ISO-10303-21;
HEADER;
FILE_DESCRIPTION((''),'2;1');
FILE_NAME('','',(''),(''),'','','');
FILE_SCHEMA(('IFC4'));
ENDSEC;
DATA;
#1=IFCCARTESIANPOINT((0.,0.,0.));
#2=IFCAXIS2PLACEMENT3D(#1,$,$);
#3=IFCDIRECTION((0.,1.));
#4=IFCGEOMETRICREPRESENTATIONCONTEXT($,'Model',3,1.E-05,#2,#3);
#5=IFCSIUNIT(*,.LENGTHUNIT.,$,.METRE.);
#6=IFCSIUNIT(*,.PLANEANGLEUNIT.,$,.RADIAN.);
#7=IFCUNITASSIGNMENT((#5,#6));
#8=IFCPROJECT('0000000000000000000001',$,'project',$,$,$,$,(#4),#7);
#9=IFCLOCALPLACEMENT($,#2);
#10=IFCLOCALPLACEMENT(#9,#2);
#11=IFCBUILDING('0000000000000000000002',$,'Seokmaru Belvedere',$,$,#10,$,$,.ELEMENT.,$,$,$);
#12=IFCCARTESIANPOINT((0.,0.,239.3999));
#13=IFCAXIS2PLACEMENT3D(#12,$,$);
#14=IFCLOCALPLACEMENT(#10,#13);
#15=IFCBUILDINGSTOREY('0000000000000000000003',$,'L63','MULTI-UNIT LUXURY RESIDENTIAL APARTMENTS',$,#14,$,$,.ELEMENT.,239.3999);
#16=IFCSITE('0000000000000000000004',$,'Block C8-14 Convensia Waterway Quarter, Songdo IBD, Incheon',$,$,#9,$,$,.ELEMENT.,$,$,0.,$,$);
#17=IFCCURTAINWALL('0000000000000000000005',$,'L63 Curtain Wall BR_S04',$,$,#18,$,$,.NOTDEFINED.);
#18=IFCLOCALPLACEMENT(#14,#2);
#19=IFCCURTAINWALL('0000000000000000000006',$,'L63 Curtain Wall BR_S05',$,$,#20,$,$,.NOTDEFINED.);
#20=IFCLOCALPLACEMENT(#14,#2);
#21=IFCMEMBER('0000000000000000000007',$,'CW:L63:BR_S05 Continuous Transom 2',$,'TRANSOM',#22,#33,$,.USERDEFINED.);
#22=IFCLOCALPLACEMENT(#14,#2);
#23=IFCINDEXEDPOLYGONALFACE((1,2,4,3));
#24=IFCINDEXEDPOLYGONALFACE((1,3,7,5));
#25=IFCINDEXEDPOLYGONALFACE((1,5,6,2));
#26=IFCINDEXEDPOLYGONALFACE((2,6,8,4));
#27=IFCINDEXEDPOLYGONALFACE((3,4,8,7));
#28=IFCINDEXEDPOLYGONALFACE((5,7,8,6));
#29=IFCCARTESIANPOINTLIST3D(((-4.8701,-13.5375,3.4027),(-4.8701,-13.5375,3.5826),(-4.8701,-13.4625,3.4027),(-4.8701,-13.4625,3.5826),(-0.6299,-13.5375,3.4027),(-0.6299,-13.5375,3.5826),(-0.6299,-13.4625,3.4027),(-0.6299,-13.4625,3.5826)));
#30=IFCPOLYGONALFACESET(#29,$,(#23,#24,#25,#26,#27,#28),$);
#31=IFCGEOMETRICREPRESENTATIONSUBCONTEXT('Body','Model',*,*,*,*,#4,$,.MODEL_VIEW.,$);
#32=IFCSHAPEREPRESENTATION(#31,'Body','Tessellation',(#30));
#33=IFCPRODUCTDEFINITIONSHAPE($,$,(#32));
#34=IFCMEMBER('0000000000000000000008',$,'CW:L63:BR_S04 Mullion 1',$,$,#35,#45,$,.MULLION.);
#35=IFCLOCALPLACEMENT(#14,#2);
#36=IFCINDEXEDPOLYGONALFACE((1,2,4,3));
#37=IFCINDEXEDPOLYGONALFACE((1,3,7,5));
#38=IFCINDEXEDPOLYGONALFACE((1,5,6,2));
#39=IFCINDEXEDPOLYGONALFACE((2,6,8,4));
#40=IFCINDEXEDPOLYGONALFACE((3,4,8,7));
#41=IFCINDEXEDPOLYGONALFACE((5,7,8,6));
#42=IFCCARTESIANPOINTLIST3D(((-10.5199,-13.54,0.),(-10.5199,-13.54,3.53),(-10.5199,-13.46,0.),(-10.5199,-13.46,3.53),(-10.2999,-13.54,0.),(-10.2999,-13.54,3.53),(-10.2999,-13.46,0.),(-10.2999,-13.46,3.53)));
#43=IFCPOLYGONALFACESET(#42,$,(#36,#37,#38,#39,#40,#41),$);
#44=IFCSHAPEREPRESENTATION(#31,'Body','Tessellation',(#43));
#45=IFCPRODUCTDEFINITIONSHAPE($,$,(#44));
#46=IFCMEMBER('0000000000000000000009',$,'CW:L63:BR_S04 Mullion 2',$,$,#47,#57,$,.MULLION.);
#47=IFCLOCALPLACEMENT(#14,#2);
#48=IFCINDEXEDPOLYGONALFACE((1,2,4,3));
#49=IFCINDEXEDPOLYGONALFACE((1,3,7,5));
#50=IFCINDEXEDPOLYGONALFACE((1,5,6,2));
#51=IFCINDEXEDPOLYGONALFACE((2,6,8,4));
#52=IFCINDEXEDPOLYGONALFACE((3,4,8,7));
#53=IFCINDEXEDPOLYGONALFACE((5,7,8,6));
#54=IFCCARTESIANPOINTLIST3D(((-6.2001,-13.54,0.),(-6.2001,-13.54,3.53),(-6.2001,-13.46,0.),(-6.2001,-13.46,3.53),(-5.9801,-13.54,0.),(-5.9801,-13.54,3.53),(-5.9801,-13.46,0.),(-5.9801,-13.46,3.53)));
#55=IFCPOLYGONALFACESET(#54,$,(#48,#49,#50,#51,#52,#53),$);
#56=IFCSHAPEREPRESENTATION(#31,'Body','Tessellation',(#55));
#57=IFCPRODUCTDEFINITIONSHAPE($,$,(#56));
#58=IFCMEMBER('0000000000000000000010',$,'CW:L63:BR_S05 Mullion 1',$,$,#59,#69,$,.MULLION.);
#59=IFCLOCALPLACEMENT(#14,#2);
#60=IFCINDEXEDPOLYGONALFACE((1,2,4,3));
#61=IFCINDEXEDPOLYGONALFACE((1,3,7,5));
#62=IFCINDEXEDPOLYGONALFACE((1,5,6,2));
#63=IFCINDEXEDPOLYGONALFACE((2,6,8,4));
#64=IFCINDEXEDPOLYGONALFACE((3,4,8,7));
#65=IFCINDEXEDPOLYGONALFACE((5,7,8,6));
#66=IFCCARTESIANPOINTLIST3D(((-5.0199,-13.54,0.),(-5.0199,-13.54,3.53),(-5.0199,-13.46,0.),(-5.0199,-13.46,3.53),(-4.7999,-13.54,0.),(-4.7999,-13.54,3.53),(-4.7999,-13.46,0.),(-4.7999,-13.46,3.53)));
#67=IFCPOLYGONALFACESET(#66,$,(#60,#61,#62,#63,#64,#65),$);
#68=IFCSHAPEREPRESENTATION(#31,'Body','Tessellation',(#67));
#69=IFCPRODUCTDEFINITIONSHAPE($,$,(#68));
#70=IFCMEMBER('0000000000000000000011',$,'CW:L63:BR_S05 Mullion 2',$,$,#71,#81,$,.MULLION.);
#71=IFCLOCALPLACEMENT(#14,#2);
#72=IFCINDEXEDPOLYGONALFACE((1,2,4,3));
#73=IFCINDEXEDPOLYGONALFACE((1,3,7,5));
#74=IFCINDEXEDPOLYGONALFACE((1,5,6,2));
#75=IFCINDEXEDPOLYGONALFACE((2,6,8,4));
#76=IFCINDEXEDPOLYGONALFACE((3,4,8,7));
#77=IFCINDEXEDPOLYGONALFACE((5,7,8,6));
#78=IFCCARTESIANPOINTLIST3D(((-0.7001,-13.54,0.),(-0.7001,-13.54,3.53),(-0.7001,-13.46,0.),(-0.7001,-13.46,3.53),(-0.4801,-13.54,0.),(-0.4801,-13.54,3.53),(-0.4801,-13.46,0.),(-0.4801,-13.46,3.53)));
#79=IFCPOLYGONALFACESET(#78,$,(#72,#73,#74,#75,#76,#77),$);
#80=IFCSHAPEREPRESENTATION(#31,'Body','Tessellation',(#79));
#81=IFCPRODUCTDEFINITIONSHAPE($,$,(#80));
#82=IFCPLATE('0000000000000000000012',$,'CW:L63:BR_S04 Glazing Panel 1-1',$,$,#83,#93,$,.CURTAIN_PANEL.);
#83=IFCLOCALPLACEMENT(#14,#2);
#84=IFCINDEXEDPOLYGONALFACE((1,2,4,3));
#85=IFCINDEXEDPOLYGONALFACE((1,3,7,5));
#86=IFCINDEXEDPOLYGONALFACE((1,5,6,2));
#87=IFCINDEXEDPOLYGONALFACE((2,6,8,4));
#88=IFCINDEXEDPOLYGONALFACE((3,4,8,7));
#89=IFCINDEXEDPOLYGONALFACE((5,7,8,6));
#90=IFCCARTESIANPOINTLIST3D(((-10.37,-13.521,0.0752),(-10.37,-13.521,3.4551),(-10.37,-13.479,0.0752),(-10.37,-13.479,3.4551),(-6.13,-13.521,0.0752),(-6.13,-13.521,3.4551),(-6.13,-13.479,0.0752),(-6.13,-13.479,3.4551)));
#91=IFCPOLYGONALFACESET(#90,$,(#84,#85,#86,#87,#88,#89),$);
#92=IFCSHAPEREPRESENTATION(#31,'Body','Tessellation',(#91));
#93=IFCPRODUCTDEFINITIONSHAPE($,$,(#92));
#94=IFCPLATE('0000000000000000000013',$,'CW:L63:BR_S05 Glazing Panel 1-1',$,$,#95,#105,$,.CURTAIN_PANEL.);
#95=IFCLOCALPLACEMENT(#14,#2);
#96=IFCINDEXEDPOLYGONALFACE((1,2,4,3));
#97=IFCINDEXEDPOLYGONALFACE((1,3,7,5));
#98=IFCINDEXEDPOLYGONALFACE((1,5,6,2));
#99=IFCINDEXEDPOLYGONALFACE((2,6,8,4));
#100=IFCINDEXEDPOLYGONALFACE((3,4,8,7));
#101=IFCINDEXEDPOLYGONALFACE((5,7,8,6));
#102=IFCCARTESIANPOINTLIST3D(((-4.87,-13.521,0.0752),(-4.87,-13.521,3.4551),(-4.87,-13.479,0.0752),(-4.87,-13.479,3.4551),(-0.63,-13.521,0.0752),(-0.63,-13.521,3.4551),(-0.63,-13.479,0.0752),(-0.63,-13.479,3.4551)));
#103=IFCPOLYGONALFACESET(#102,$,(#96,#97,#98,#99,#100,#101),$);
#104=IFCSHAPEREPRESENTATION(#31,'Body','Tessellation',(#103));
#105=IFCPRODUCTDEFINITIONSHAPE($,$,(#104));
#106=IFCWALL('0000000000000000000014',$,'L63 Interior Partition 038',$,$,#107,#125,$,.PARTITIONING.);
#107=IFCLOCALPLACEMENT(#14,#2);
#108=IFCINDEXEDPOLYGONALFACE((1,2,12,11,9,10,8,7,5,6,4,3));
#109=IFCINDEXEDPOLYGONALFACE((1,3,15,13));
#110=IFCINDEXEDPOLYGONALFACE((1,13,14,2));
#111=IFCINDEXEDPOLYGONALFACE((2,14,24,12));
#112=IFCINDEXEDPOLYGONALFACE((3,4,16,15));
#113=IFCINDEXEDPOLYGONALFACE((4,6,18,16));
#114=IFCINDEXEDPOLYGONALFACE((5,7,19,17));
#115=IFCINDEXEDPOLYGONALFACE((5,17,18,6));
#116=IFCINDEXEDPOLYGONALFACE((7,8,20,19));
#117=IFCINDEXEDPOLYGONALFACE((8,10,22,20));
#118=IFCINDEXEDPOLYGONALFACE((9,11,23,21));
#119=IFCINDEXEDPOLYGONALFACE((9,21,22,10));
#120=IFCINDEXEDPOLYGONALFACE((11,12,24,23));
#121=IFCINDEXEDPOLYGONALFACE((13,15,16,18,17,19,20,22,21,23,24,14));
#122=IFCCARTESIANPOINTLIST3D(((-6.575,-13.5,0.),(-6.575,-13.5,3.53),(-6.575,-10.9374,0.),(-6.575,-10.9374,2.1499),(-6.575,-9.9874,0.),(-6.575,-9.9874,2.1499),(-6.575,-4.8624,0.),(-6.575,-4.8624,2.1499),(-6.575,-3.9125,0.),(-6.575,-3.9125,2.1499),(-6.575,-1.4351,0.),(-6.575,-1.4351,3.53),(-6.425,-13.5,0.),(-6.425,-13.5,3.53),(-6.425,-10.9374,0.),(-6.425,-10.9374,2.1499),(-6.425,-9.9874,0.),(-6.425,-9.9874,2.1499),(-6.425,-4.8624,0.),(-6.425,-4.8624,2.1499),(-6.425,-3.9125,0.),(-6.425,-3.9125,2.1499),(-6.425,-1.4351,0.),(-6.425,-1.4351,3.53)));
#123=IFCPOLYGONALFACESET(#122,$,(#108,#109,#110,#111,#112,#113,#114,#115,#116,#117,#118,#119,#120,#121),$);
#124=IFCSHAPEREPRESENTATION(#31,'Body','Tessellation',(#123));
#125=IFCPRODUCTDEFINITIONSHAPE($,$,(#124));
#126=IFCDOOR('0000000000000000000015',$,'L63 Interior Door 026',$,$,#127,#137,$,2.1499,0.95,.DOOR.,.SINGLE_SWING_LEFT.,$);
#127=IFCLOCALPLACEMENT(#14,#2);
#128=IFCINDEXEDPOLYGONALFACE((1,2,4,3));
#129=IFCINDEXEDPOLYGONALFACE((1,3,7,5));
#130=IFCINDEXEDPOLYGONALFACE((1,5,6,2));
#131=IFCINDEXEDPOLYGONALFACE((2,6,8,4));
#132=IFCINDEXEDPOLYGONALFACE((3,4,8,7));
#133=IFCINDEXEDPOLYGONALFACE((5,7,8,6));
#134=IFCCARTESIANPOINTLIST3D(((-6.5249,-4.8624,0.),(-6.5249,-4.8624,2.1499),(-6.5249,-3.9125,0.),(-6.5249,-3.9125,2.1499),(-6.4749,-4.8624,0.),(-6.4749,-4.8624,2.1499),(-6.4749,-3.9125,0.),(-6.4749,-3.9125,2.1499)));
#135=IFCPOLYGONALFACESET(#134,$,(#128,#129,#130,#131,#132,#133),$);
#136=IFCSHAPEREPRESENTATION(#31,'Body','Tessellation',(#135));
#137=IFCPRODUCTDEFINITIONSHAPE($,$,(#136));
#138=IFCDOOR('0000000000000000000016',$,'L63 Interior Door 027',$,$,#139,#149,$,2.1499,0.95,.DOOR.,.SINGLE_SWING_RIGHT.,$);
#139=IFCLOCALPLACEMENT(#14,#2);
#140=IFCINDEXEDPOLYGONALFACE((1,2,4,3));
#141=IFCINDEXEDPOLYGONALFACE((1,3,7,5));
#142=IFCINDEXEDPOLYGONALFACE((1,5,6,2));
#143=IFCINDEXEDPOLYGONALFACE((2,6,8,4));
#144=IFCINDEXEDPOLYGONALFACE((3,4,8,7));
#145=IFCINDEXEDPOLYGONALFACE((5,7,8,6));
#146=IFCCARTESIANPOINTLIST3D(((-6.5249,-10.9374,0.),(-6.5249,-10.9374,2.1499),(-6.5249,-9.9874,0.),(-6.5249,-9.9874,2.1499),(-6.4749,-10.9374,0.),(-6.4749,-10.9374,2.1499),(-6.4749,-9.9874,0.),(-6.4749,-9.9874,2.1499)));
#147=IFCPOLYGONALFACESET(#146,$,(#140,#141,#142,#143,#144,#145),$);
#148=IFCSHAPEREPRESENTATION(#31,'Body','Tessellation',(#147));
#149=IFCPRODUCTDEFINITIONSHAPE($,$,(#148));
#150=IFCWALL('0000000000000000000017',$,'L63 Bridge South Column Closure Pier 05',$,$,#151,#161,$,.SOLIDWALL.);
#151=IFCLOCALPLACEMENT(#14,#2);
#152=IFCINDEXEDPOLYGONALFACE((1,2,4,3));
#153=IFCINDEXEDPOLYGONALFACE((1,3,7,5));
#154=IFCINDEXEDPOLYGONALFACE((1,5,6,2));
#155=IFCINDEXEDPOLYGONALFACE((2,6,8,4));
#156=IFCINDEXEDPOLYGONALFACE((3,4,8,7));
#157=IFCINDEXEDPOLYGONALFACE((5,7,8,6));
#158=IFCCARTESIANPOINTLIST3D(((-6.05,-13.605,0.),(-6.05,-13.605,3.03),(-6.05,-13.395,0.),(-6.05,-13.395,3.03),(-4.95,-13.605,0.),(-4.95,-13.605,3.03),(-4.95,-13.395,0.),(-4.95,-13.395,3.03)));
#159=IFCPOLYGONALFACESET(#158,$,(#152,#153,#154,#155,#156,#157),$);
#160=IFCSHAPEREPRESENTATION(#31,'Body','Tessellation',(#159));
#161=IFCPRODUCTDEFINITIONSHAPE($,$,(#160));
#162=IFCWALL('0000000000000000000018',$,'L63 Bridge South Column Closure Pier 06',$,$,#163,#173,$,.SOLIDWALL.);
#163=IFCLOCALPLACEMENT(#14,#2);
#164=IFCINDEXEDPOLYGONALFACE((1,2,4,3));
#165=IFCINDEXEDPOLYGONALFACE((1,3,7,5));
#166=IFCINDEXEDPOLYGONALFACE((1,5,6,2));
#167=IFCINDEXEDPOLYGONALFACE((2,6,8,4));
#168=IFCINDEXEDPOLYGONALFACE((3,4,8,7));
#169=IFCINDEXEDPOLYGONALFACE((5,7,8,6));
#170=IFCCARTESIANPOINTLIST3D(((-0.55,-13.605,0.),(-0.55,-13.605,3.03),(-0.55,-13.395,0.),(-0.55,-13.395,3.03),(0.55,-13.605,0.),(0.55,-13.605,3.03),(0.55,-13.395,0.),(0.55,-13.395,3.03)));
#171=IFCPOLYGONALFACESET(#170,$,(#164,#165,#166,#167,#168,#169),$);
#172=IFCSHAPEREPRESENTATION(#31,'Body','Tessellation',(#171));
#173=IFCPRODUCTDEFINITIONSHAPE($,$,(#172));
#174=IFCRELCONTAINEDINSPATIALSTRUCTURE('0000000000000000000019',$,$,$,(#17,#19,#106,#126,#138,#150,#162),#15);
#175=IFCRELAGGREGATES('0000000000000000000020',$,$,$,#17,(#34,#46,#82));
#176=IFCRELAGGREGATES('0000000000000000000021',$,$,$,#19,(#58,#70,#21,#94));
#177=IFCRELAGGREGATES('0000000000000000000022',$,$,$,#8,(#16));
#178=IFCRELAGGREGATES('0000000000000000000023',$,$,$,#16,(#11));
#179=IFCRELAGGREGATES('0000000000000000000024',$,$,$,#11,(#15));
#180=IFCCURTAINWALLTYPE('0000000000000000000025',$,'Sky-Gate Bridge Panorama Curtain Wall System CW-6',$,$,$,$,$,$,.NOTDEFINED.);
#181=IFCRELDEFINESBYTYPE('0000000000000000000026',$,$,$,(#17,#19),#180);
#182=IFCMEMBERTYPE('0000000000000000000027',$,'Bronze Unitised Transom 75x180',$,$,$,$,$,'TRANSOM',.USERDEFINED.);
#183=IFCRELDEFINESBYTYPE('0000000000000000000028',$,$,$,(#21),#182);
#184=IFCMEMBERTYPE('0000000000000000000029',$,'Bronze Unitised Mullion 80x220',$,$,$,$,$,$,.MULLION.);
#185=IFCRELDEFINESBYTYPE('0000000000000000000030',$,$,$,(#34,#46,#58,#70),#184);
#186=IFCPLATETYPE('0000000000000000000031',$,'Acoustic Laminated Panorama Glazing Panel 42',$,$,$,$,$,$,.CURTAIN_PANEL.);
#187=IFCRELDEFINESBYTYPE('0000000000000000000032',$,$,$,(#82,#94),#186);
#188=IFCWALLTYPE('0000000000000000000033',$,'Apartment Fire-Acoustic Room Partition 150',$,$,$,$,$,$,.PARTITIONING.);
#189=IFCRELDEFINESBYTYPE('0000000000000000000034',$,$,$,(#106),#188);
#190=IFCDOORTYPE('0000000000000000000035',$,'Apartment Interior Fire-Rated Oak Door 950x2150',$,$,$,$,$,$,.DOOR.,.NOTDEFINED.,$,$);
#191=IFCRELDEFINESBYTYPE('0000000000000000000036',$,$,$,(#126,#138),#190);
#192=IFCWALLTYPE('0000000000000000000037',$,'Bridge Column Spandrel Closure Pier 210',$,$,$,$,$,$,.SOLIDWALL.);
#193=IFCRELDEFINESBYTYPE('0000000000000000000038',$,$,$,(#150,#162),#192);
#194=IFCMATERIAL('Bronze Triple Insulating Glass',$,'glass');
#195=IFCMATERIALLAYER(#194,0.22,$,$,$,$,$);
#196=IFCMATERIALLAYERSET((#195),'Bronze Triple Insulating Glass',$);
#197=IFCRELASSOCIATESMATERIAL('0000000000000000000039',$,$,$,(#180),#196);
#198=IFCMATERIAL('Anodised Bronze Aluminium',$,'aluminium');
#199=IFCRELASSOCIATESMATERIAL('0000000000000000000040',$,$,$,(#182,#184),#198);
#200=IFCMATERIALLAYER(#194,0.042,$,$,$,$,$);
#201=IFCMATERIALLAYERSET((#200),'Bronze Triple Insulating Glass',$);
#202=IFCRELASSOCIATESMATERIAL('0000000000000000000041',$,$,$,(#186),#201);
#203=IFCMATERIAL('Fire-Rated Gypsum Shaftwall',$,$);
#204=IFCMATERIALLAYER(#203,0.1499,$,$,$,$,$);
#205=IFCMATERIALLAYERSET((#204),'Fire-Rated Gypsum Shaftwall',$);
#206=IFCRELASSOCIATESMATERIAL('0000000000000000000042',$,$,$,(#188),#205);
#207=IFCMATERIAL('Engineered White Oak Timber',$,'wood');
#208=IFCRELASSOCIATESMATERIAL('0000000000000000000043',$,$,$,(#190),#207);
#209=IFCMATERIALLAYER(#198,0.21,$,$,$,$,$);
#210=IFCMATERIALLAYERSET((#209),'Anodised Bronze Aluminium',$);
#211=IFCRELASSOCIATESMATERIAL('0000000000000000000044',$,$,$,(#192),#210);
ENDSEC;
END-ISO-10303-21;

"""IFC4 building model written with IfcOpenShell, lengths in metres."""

from ifc_helpers import new_model, si_unit, direction, frame, frame_2d, origin, origin_2d, place, context, subcontext, project, spatial, rectangle, extrude, source, transform, mapped, material, layer, layer_set, material_profile, profile_set, type_object, type_shapes, element, fill, aggregate, save


model = new_model("IFC4")

# Units and contexts
model_context = context("Model", 3, precision=1e-05, world=origin(), true_north=direction((0.0, 1.0)))
body_context = subcontext(model_context, "Body", "Model", "MODEL_VIEW")
ifc_project = project(units=[si_unit("LENGTHUNIT", "METRE"), si_unit("PLANEANGLEUNIT", "RADIAN")], contexts=[model_context])

# Site, building, storey
site_placement = place(None, origin())
site = spatial("IfcSite", under=ifc_project, at=site_placement, Name="Block C8-14 Convensia Waterway Quarter, Songdo IBD, Incheon", CompositionType="ELEMENT", RefElevation=0.0)
building_placement = place(site_placement, origin())
building = spatial("IfcBuilding", under=site, at=building_placement, Name="Seokmaru Belvedere", CompositionType="ELEMENT")
storey_placement = place(building_placement, frame((0.0, 0.0, 239.3999)))
storey = spatial("IfcBuildingStorey", under=building, at=storey_placement, Name="L63", Description="MULTI-UNIT LUXURY RESIDENTIAL APARTMENTS", CompositionType="ELEMENT", Elevation=239.3999)

# Curtain walls, member
ifc_material_1 = material(Name="Bronze Triple Insulating Glass", Category="glass")
ifc_layer_1 = layer(ifc_material_1, 0.22)
ifc_layer_set_1 = layer_set([ifc_layer_1], Name="Bronze Triple Insulating Glass")
curtain_wall_type = type_object("IfcCurtainWallType", Name="Sky-Gate Bridge Panorama Curtain Wall System CW-6", PredefinedType="NOTDEFINED", material=ifc_layer_set_1)
curtain_wall_1_placement = place(storey_placement, origin())
curtain_wall_1 = element("IfcCurtainWall", 1, at=curtain_wall_1_placement, inside=storey, type_object=curtain_wall_type, Name="L63 Curtain Wall BR_S04", PredefinedType="NOTDEFINED")
ifc_material_2 = material(Name="Anodised Bronze Aluminium", Category="aluminium")
ifc_material_profile_1 = material_profile(ifc_material_2, rectangle(XDim=0.075, YDim=0.1799, at=origin_2d()), Name="CW-T-75x180")
ifc_profile_set_1 = profile_set([ifc_material_profile_1], Name="Anodised Bronze Aluminium")
member_type_1 = type_object("IfcMemberType", Name="Bronze Unitised Transom 75x180", ElementType="TRANSOM", PredefinedType="USERDEFINED", material=ifc_profile_set_1)
shared_shape_1 = source(origin(), body_context, "Body", "SweptSolid", [
    extrude(rectangle(XDim=0.075, YDim=0.1799, at=origin_2d()), origin(), (0.0, 0.0, 1.0), 4.2402),
])
type_shapes(member_type_1, [shared_shape_1])
curtain_wall_2_placement = place(storey_placement, origin())
curtain_wall_2 = element("IfcCurtainWall", 2, at=curtain_wall_2_placement, inside=storey, type_object=curtain_wall_type, Name="L63 Curtain Wall BR_S05", PredefinedType="NOTDEFINED")
member_1_placement = place(storey_placement, frame((-4.8701, -13.5, 3.4927), z_axis=(1.0, 0.0, 0.0), x_axis=(0.0, 1.0, 0.0)))
member_1 = element("IfcMember", 3, at=member_1_placement, type_object=member_type_1, Name="CW:L63:BR_S05 Continuous Transom 2", ObjectType="TRANSOM", PredefinedType="USERDEFINED", context=body_context, shape_type="MappedRepresentation", body=[
    mapped(shared_shape_1, transform((0.0, 0.0, 0.0), scale=1.0)),
])

# Members
ifc_material_profile_2 = material_profile(ifc_material_2, rectangle(XDim=0.0801, YDim=0.22, at=origin_2d()), Name="CW-M-80x220")
ifc_profile_set_2 = profile_set([ifc_material_profile_2], Name="Anodised Bronze Aluminium")
member_type_2 = type_object("IfcMemberType", Name="Bronze Unitised Mullion 80x220", PredefinedType="MULLION", material=ifc_profile_set_2)
shared_shape_2 = source(origin(), body_context, "Body", "SweptSolid", [
    extrude(rectangle(XDim=0.0801, YDim=0.22, at=origin_2d()), origin(), (0.0, 0.0, 1.0), 3.53),
])
type_shapes(member_type_2, [shared_shape_2])
member_2_placement = place(storey_placement, frame((-10.4099, -13.5, 0.0), z_axis=(0.0, 0.0, 1.0), x_axis=(0.0, 1.0, 0.0)))
member_2 = element("IfcMember", 4, at=member_2_placement, type_object=member_type_2, Name="CW:L63:BR_S04 Mullion 1", PredefinedType="MULLION", context=body_context, shape_type="MappedRepresentation", body=[
    mapped(shared_shape_2, transform((0.0, 0.0, 0.0), scale=1.0)),
])
member_3_placement = place(storey_placement, frame((-6.0901, -13.5, 0.0), z_axis=(0.0, 0.0, 1.0), x_axis=(0.0, 1.0, 0.0)))
member_3 = element("IfcMember", 5, at=member_3_placement, type_object=member_type_2, Name="CW:L63:BR_S04 Mullion 2", PredefinedType="MULLION", context=body_context, shape_type="MappedRepresentation", body=[
    mapped(shared_shape_2, transform((0.0, 0.0, 0.0), scale=1.0)),
])
member_4_placement = place(storey_placement, frame((-4.9099, -13.5, 0.0), z_axis=(0.0, 0.0, 1.0), x_axis=(0.0, 1.0, 0.0)))
member_4 = element("IfcMember", 6, at=member_4_placement, type_object=member_type_2, Name="CW:L63:BR_S05 Mullion 1", PredefinedType="MULLION", context=body_context, shape_type="MappedRepresentation", body=[
    mapped(shared_shape_2, transform((0.0, 0.0, 0.0), scale=1.0)),
])
member_5_placement = place(storey_placement, frame((-0.5901, -13.5, 0.0), z_axis=(0.0, 0.0, 1.0), x_axis=(0.0, 1.0, 0.0)))
member_5 = element("IfcMember", 7, at=member_5_placement, type_object=member_type_2, Name="CW:L63:BR_S05 Mullion 2", PredefinedType="MULLION", context=body_context, shape_type="MappedRepresentation", body=[
    mapped(shared_shape_2, transform((0.0, 0.0, 0.0), scale=1.0)),
])

# Plates
ifc_layer_2 = layer(ifc_material_1, 0.042)
ifc_layer_set_2 = layer_set([ifc_layer_2], Name="Bronze Triple Insulating Glass")
plate_type = type_object("IfcPlateType", Name="Acoustic Laminated Panorama Glazing Panel 42", PredefinedType="CURTAIN_PANEL", material=ifc_layer_set_2)
shared_shape_3 = source(origin(), body_context, "Body", "SweptSolid", [
    extrude(rectangle(XDim=4.24, YDim=0.042, at=origin_2d()), origin(), (0.0, 0.0, 1.0), 3.3799),
])
type_shapes(plate_type, [shared_shape_3])
plate_1_placement = place(storey_placement, frame((-8.25, -13.5, 0.0752), z_axis=(0.0, 0.0, 1.0), x_axis=(1.0, 0.0, 0.0)))
plate_1 = element("IfcPlate", 8, at=plate_1_placement, type_object=plate_type, Name="CW:L63:BR_S04 Glazing Panel 1-1", PredefinedType="CURTAIN_PANEL", context=body_context, shape_type="MappedRepresentation", body=[
    mapped(shared_shape_3, transform((0.0, 0.0, 0.0), scale=1.0)),
])
aggregate(curtain_wall_1, [member_2, member_3, plate_1])
plate_2_placement = place(storey_placement, frame((-2.75, -13.5, 0.0752), z_axis=(0.0, 0.0, 1.0), x_axis=(1.0, 0.0, 0.0)))
plate_2 = element("IfcPlate", 9, at=plate_2_placement, type_object=plate_type, Name="CW:L63:BR_S05 Glazing Panel 1-1", PredefinedType="CURTAIN_PANEL", context=body_context, shape_type="MappedRepresentation", body=[
    mapped(shared_shape_3, transform((0.0, 0.0, 0.0), scale=1.0)),
])
aggregate(curtain_wall_2, [member_4, member_5, member_1, plate_2])

# Wall, openings, doors
ifc_material_3 = material(Name="Fire-Rated Gypsum Shaftwall")
ifc_layer_3 = layer(ifc_material_3, 0.1499)
ifc_layer_set_3 = layer_set([ifc_layer_3], Name="Fire-Rated Gypsum Shaftwall")
wall_type_1 = type_object("IfcWallType", Name="Apartment Fire-Acoustic Room Partition 150", PredefinedType="PARTITIONING", material=ifc_layer_set_3)
wall_1_placement = place(storey_placement, frame((-6.5, -13.5, 0.0), z_axis=(0.0, 0.0, 1.0), x_axis=(0.0, 1.0, 0.0)))
wall_1 = element("IfcWall", 10, at=wall_1_placement, inside=storey, type_object=wall_type_1, Name="L63 Interior Partition 038", PredefinedType="PARTITIONING", context=body_context, shape_type="SweptSolid", body=[
    extrude(rectangle(XDim=12.0649, YDim=0.1499, at=frame_2d((6.0325, 0.0))), origin(), (0.0, 0.0, 1.0), 3.53),
])
opening_1_placement = place(wall_1_placement, frame((8.6375, 0.0, 0.0)))
opening_1 = element("IfcOpeningElement", 11, at=opening_1_placement, cuts=wall_1, PredefinedType="OPENING", context=body_context, shape_type="SweptSolid", body=[
    extrude(rectangle(XDim=0.95, YDim=2.1499, at=frame_2d((0.4751, 1.075))), frame((0.0, 0.085, 0.0), z_axis=(0.0, -1.0, 0.0), x_axis=(1.0, 0.0, 0.0)), (0.0, 0.0, 1.0), 0.1699),
])
opening_2_placement = place(wall_1_placement, frame((2.5625, 0.0, 0.0)))
opening_2 = element("IfcOpeningElement", 12, at=opening_2_placement, cuts=wall_1, PredefinedType="OPENING", context=body_context, shape_type="SweptSolid", body=[
    extrude(rectangle(XDim=0.95, YDim=2.1499, at=frame_2d((0.4751, 1.075))), frame((0.0, 0.085, 0.0), z_axis=(0.0, -1.0, 0.0), x_axis=(1.0, 0.0, 0.0)), (0.0, 0.0, 1.0), 0.1699),
])
ifc_material_4 = material(Name="Engineered White Oak Timber", Category="wood")
door_type_1 = type_object("IfcDoorType", Name="Apartment Interior Fire-Rated Oak Door 950x2150", OperationType="NOTDEFINED", PredefinedType="DOOR", material=ifc_material_4)
shared_shape_4 = source(origin(), body_context, "Body", "SweptSolid", [
    extrude(rectangle(XDim=0.95, YDim=2.1499, at=frame_2d((0.4751, 1.075))), frame((0.0, 0.0249, 0.0), z_axis=(0.0, -1.0, 0.0), x_axis=(1.0, 0.0, 0.0)), (0.0, 0.0, 1.0), 0.05),
])
type_shapes(door_type_1, [shared_shape_4])
door_1_placement = place(opening_1_placement, origin())
door_1 = element("IfcDoor", 13, at=door_1_placement, inside=storey, type_object=door_type_1, Name="L63 Interior Door 026", OperationType="SINGLE_SWING_LEFT", OverallHeight=2.1499, OverallWidth=0.95, PredefinedType="DOOR", context=body_context, shape_type="MappedRepresentation", body=[
    mapped(shared_shape_4, transform((0.0, 0.0, 0.0), scale=1.0)),
])
fill(opening_1, door_1)
door_2_placement = place(opening_2_placement, origin())
door_2 = element("IfcDoor", 14, at=door_2_placement, inside=storey, type_object=door_type_1, Name="L63 Interior Door 027", OperationType="SINGLE_SWING_RIGHT", OverallHeight=2.1499, OverallWidth=0.95, PredefinedType="DOOR", context=body_context, shape_type="MappedRepresentation", body=[
    mapped(shared_shape_4, transform((0.0, 0.0, 0.0), scale=1.0)),
])
fill(opening_2, door_2)

# Walls
ifc_layer_4 = layer(ifc_material_2, 0.21)
ifc_layer_set_4 = layer_set([ifc_layer_4], Name="Anodised Bronze Aluminium")
wall_type_2 = type_object("IfcWallType", Name="Bridge Column Spandrel Closure Pier 210", PredefinedType="SOLIDWALL", material=ifc_layer_set_4)
for number, where, z_axis, x_axis, name in (
    (15, (-6.05, -13.5, 0.0), (0.0, 0.0, 1.0), (1.0, 0.0, 0.0), "L63 Bridge South Column Closure Pier 05"),
    (16, (-0.55, -13.5, 0.0), (0.0, 0.0, 1.0), (1.0, 0.0, 0.0), "L63 Bridge South Column Closure Pier 06"),
):
    element("IfcWall", number, at=place(storey_placement, frame(where, z_axis=z_axis, x_axis=x_axis)), inside=storey, type_object=wall_type_2, Name=name, PredefinedType="SOLIDWALL", context=body_context, shape_type="SweptSolid", body=[
        extrude(rectangle(XDim=1.1001, YDim=0.21, at=frame_2d((0.55, 0.0))), origin(), (0.0, 0.0, 1.0), 3.03),
    ])

save(model, "model.ifc")
